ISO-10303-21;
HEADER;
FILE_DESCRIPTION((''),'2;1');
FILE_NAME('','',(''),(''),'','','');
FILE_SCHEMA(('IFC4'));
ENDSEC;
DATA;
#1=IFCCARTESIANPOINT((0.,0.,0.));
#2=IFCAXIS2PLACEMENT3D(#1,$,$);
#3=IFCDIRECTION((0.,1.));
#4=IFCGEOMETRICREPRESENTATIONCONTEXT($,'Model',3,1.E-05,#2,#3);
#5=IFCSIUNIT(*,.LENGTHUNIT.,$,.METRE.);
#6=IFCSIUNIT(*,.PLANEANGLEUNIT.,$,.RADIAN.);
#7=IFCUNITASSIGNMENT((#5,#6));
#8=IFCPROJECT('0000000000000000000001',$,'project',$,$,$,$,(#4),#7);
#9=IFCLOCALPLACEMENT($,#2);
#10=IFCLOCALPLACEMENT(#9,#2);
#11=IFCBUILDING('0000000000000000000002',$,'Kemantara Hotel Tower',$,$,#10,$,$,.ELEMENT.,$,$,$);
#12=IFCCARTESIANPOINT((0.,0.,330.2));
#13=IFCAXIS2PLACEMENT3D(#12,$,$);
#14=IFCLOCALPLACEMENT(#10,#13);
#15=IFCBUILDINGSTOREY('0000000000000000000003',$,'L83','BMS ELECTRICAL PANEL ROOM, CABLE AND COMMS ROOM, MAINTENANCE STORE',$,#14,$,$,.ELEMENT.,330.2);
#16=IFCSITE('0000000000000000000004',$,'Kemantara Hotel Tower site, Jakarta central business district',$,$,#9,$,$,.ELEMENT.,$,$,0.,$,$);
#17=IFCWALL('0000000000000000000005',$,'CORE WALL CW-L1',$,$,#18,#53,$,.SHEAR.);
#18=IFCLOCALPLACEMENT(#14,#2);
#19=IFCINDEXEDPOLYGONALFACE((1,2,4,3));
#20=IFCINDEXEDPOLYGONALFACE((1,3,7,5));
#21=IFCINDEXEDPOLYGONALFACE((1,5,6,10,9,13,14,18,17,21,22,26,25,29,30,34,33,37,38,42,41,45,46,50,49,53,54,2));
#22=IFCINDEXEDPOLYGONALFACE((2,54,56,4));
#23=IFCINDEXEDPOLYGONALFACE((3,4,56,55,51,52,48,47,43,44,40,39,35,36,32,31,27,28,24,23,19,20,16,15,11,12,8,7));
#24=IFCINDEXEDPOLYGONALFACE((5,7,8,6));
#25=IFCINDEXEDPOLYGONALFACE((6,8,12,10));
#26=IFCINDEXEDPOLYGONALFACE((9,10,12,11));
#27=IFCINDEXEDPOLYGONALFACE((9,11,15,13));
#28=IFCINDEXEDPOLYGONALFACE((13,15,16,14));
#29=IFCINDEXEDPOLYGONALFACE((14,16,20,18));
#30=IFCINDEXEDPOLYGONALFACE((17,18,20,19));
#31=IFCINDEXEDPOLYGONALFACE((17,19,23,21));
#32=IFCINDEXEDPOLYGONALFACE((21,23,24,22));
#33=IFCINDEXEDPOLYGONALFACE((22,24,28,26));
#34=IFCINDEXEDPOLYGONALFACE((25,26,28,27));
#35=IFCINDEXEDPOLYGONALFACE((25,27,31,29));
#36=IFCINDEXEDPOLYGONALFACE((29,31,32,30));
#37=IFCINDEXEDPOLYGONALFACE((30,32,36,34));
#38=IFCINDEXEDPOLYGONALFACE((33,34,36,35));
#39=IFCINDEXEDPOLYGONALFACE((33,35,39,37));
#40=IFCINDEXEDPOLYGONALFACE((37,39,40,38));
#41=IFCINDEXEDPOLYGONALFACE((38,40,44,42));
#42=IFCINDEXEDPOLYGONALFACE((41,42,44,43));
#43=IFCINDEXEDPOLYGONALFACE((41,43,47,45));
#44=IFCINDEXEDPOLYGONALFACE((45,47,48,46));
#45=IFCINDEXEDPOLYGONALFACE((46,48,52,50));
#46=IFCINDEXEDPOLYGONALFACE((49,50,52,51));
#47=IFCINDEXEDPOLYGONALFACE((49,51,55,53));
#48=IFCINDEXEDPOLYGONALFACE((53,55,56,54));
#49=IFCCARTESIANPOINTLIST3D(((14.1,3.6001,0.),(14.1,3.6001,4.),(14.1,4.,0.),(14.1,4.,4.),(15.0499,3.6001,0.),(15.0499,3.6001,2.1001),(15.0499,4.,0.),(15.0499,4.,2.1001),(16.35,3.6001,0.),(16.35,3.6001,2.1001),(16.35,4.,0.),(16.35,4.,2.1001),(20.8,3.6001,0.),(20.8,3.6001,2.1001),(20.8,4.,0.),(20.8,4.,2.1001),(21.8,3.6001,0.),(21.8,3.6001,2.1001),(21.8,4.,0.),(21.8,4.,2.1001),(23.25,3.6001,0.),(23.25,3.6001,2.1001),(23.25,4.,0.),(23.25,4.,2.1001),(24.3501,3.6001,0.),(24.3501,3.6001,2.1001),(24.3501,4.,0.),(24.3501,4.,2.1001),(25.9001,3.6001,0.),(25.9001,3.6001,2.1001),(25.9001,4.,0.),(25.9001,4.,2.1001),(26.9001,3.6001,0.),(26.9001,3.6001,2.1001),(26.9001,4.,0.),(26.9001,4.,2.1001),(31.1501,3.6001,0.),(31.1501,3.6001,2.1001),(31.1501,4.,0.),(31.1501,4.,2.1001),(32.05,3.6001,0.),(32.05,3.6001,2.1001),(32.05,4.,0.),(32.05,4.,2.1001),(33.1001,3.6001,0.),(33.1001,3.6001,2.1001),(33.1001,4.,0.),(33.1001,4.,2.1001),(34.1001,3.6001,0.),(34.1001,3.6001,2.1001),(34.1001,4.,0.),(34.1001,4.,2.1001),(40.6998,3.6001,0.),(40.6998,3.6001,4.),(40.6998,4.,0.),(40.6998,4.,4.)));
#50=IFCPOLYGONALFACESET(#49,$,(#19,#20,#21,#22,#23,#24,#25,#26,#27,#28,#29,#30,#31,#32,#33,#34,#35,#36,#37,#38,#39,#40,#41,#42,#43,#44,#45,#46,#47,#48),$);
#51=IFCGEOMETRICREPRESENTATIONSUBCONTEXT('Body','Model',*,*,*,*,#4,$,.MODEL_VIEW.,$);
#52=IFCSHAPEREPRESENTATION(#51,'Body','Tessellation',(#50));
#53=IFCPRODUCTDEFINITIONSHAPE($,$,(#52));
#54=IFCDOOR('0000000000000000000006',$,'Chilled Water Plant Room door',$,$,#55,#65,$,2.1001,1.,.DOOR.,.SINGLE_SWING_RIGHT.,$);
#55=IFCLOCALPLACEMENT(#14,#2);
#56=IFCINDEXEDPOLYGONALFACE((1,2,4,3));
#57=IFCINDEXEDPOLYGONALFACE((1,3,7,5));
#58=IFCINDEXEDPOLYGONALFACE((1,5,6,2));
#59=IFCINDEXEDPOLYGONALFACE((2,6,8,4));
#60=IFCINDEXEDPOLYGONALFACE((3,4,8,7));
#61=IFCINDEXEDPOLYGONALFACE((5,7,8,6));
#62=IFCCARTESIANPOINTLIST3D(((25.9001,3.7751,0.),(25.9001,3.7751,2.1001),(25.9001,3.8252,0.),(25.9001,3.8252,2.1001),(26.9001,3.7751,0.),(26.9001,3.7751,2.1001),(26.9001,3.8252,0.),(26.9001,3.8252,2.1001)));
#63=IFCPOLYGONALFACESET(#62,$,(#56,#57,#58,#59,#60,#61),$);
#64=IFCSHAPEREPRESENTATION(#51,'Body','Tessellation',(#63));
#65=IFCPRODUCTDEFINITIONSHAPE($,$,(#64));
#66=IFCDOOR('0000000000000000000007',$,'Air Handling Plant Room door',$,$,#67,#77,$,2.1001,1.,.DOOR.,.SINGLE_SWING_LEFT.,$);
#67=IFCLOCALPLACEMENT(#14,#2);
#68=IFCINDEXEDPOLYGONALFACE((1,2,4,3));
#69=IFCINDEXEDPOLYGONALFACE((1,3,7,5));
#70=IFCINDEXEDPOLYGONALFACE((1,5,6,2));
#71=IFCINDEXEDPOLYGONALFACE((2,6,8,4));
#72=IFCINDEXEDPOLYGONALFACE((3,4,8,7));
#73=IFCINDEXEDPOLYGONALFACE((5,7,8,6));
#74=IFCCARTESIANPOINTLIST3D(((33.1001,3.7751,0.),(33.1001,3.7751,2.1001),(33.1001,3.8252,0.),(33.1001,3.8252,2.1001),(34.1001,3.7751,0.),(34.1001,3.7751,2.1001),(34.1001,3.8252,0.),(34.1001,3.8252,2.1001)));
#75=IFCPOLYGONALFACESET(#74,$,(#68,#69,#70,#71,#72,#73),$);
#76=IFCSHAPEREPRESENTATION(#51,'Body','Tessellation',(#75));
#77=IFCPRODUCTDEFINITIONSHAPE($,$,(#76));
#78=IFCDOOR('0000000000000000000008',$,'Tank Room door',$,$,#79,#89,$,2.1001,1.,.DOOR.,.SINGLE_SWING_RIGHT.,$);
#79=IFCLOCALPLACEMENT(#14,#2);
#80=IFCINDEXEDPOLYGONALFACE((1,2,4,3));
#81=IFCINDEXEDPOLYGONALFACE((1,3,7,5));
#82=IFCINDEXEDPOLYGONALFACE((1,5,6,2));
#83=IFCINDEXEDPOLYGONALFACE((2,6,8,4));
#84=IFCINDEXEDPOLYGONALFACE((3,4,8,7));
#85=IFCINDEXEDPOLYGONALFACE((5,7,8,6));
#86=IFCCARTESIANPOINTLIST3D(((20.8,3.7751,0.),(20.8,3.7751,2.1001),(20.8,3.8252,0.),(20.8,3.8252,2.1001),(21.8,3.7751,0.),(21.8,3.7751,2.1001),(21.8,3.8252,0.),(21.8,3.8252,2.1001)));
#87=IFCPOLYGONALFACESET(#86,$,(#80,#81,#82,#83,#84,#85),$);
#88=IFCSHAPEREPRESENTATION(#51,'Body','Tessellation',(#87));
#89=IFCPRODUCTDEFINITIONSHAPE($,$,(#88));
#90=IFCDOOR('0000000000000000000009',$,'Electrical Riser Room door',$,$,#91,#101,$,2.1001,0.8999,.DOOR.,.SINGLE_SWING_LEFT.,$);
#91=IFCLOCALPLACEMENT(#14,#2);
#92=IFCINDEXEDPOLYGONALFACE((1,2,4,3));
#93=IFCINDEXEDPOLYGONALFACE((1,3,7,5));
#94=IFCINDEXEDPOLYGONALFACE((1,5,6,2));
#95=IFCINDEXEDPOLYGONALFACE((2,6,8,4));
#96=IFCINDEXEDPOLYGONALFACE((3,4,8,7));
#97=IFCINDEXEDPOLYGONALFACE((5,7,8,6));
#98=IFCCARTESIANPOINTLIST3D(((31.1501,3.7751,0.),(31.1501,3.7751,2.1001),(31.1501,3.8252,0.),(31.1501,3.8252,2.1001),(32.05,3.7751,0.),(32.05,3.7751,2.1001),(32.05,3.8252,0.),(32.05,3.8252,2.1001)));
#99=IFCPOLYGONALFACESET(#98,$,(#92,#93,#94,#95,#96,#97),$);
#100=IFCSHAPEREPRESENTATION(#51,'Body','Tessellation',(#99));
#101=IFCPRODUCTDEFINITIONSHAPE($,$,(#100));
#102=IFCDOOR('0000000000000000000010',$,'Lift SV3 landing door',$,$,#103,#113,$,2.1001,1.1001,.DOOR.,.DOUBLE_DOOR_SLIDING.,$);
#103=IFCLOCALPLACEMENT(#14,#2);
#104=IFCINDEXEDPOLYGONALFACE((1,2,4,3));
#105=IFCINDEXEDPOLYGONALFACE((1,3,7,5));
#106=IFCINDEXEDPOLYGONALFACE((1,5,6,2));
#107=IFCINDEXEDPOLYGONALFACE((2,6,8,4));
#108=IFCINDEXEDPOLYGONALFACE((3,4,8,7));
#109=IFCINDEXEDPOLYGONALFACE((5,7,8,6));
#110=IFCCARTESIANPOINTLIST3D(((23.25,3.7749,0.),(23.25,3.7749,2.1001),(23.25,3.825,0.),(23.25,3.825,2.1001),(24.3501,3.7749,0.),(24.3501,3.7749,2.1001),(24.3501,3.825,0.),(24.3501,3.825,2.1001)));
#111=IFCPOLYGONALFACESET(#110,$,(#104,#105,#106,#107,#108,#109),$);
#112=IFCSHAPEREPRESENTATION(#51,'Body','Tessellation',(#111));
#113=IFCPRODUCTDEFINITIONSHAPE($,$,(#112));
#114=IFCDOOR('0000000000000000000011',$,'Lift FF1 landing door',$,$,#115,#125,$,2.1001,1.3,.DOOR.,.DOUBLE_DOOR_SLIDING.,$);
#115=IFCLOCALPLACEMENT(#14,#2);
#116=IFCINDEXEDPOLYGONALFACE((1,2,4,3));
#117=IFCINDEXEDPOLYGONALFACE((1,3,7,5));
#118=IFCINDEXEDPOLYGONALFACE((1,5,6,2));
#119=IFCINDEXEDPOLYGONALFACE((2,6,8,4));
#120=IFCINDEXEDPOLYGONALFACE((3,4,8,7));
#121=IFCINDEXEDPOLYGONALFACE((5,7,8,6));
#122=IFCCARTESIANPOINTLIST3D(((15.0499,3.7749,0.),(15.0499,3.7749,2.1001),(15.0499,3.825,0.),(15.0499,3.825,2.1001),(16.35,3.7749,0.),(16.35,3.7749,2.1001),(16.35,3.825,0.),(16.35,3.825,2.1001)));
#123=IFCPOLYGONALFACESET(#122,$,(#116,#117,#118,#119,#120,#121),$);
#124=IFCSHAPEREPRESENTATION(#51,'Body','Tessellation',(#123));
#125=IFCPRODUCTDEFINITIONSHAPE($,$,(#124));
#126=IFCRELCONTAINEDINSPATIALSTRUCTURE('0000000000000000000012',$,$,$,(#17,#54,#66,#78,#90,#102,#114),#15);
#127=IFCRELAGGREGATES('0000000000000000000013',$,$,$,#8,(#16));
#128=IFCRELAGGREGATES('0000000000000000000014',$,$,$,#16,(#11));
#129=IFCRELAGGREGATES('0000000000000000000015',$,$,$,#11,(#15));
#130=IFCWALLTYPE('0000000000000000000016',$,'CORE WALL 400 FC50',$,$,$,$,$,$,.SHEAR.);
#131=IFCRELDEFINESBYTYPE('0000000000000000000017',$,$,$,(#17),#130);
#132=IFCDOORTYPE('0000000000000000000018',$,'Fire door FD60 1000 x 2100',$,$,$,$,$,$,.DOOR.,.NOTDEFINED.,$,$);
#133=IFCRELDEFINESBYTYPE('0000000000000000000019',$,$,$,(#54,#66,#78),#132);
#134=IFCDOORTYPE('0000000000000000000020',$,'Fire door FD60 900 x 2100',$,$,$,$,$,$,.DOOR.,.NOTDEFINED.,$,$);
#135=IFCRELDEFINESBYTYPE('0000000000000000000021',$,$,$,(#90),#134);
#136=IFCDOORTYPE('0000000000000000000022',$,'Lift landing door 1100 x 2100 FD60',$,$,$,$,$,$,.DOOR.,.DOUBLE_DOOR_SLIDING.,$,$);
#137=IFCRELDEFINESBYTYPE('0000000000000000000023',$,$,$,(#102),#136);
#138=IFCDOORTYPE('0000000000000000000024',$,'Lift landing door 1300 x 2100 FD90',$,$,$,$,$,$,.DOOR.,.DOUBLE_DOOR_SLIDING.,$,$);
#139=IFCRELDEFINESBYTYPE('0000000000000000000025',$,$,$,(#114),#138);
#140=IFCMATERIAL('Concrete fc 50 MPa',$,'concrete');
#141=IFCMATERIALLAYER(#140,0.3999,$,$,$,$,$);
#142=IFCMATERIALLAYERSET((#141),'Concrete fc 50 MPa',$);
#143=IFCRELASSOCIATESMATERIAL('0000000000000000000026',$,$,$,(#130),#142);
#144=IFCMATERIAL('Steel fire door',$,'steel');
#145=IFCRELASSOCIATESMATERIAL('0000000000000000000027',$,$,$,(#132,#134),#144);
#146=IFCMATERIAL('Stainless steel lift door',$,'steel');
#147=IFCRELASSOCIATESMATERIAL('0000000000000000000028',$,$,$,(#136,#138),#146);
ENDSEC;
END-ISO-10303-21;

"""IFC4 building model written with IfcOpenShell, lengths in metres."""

from ifc_helpers import new_model, si_unit, direction, frame, frame_2d, origin, place, context, subcontext, project, spatial, rectangle, extrude, material, layer, layer_set, type_object, element, fill, save


model = new_model("IFC4")

# Units and contexts
model_context = context("Model", 3, precision=1e-05, world=origin(), true_north=direction((0.0, 1.0)))
body_context = subcontext(model_context, "Body", "Model", "MODEL_VIEW")
ifc_project = project(units=[si_unit("LENGTHUNIT", "METRE"), si_unit("PLANEANGLEUNIT", "RADIAN")], contexts=[model_context])

# Site, building, storey
site_placement = place(None, origin())
site = spatial("IfcSite", under=ifc_project, at=site_placement, Name="Kemantara Hotel Tower site, Jakarta central business district", CompositionType="ELEMENT", RefElevation=0.0)
building_placement = place(site_placement, origin())
building = spatial("IfcBuilding", under=site, at=building_placement, Name="Kemantara Hotel Tower", CompositionType="ELEMENT")
storey_placement = place(building_placement, frame((0.0, 0.0, 330.2)))
storey = spatial("IfcBuildingStorey", under=building, at=storey_placement, Name="L83", Description="BMS ELECTRICAL PANEL ROOM, CABLE AND COMMS ROOM, MAINTENANCE STORE", CompositionType="ELEMENT", Elevation=330.2)

# Shared definitions
ifc_material_1 = material(Name="Concrete fc 50 MPa", Category="concrete")

# Shared definitions
ifc_layer_1 = layer(ifc_material_1, 0.3999)
ifc_layer_set_1 = layer_set([ifc_layer_1], Name="Concrete fc 50 MPa")
wall_type_1 = type_object("IfcWallType", Name="CORE WALL 400 FC50", PredefinedType="SHEAR", material=ifc_layer_set_1)
ifc_material_2 = material(Name="Steel fire door", Category="steel")
door_type_1 = type_object("IfcDoorType", Name="Fire door FD60 1000 x 2100", OperationType="NOTDEFINED", PredefinedType="DOOR", material=ifc_material_2)

# Wall, openings, doors
wall_1_placement = place(storey_placement, frame((14.1001, 3.8, 0.0), z_axis=(0.0, 0.0, 1.0), x_axis=(1.0, 0.0, 0.0)))
wall_1 = element("IfcWall", 1, at=wall_1_placement, inside=storey, type_object=wall_type_1, Name="CORE WALL CW-L1", PredefinedType="SHEAR", context=body_context, shape_type="SweptSolid", body=[
    extrude(rectangle(XDim=26.5999, YDim=0.3999, at=frame_2d((13.2998, 0.0))), origin(), (0.0, 0.0, 1.0), 4.0),
])
opening_1_placement = place(wall_1_placement, frame((0.95, 0.0, 0.0)))
opening_1 = element("IfcOpeningElement", 2, at=opening_1_placement, cuts=wall_1, PredefinedType="OPENING", context=body_context, shape_type="SweptSolid", body=[
    extrude(rectangle(XDim=1.3, YDim=2.1001, at=frame_2d((0.6499, 1.05))), frame((0.0, 0.21, 0.0), z_axis=(0.0, -1.0, 0.0), x_axis=(1.0, 0.0, 0.0)), (0.0, 0.0, 1.0), 0.4199),
])
opening_2_placement = place(wall_1_placement, frame((9.1499, 0.0, 0.0)))
opening_2 = element("IfcOpeningElement", 3, at=opening_2_placement, cuts=wall_1, PredefinedType="OPENING", context=body_context, shape_type="SweptSolid", body=[
    extrude(rectangle(XDim=1.1001, YDim=2.1001, at=frame_2d((0.55, 1.05))), frame((0.0, 0.21, 0.0), z_axis=(0.0, -1.0, 0.0), x_axis=(1.0, 0.0, 0.0)), (0.0, 0.0, 1.0), 0.4199),
])
opening_3_placement = place(wall_1_placement, frame((11.8, 0.0, 0.0)))
opening_3 = element("IfcOpeningElement", 4, at=opening_3_placement, cuts=wall_1, PredefinedType="OPENING", context=body_context, shape_type="SweptSolid", body=[
    extrude(rectangle(XDim=1.0, YDim=2.1001, at=frame_2d((0.5, 1.05))), frame((0.0, 0.21, 0.0), z_axis=(0.0, -1.0, 0.0), x_axis=(1.0, 0.0, 0.0)), (0.0, 0.0, 1.0), 0.4199),
])
opening_4_placement = place(wall_1_placement, frame((17.05, 0.0, 0.0)))
opening_4 = element("IfcOpeningElement", 5, at=opening_4_placement, cuts=wall_1, PredefinedType="OPENING", context=body_context, shape_type="SweptSolid", body=[
    extrude(rectangle(XDim=0.8999, YDim=2.1001, at=frame_2d((0.45, 1.05))), frame((0.0, 0.21, 0.0), z_axis=(0.0, -1.0, 0.0), x_axis=(1.0, 0.0, 0.0)), (0.0, 0.0, 1.0), 0.4199),
])
opening_5_placement = place(wall_1_placement, frame((19.0, 0.0, 0.0)))
opening_5 = element("IfcOpeningElement", 6, at=opening_5_placement, cuts=wall_1, PredefinedType="OPENING", context=body_context, shape_type="SweptSolid", body=[
    extrude(rectangle(XDim=1.0, YDim=2.1001, at=frame_2d((0.5, 1.05))), frame((0.0, 0.21, 0.0), z_axis=(0.0, -1.0, 0.0), x_axis=(1.0, 0.0, 0.0)), (0.0, 0.0, 1.0), 0.4199),
])
opening_6_placement = place(wall_1_placement, frame((6.7, 0.0, 0.0)))
opening_6 = element("IfcOpeningElement", 7, at=opening_6_placement, cuts=wall_1, PredefinedType="OPENING", context=body_context, shape_type="SweptSolid", body=[
    extrude(rectangle(XDim=1.0, YDim=2.1001, at=frame_2d((0.5, 1.05))), frame((0.0, 0.21, 0.0), z_axis=(0.0, -1.0, 0.0), x_axis=(1.0, 0.0, 0.0)), (0.0, 0.0, 1.0), 0.4199),
])
door_1_placement = place(opening_3_placement, frame((1.0, 0.0, 0.0), z_axis=(0.0, 0.0, 1.0), x_axis=(-1.0, 0.0, 0.0)))
door_1 = element("IfcDoor", 8, at=door_1_placement, inside=storey, type_object=door_type_1, Name="Chilled Water Plant Room door", OperationType="SINGLE_SWING_RIGHT", OverallHeight=2.1001, OverallWidth=1.0, PredefinedType="DOOR", context=body_context, shape_type="SweptSolid", body=[
    extrude(rectangle(XDim=1.0, YDim=2.1001, at=frame_2d((0.5, 1.05))), frame((0.0, 0.0249, 0.0), z_axis=(0.0, -1.0, 0.0), x_axis=(1.0, 0.0, 0.0)), (0.0, 0.0, 1.0), 0.05),
])
fill(opening_3, door_1)
door_2_placement = place(opening_5_placement, frame((1.0, 0.0, 0.0), z_axis=(0.0, 0.0, 1.0), x_axis=(-1.0, 0.0, 0.0)))
door_2 = element("IfcDoor", 9, at=door_2_placement, inside=storey, type_object=door_type_1, Name="Air Handling Plant Room door", OperationType="SINGLE_SWING_LEFT", OverallHeight=2.1001, OverallWidth=1.0, PredefinedType="DOOR", context=body_context, shape_type="SweptSolid", body=[
    extrude(rectangle(XDim=1.0, YDim=2.1001, at=frame_2d((0.5, 1.05))), frame((0.0, 0.0249, 0.0), z_axis=(0.0, -1.0, 0.0), x_axis=(1.0, 0.0, 0.0)), (0.0, 0.0, 1.0), 0.05),
])
fill(opening_5, door_2)
door_3_placement = place(opening_6_placement, frame((1.0, 0.0, 0.0), z_axis=(0.0, 0.0, 1.0), x_axis=(-1.0, 0.0, 0.0)))
door_3 = element("IfcDoor", 10, at=door_3_placement, inside=storey, type_object=door_type_1, Name="Tank Room door", OperationType="SINGLE_SWING_RIGHT", OverallHeight=2.1001, OverallWidth=1.0, PredefinedType="DOOR", context=body_context, shape_type="SweptSolid", body=[
    extrude(rectangle(XDim=1.0, YDim=2.1001, at=frame_2d((0.5, 1.05))), frame((0.0, 0.0249, 0.0), z_axis=(0.0, -1.0, 0.0), x_axis=(1.0, 0.0, 0.0)), (0.0, 0.0, 1.0), 0.05),
])
fill(opening_6, door_3)
door_type_2 = type_object("IfcDoorType", Name="Fire door FD60 900 x 2100", OperationType="NOTDEFINED", PredefinedType="DOOR", material=ifc_material_2)
door_4_placement = place(opening_4_placement, frame((0.8999, 0.0, 0.0), z_axis=(0.0, 0.0, 1.0), x_axis=(-1.0, 0.0, 0.0)))
door_4 = element("IfcDoor", 11, at=door_4_placement, inside=storey, type_object=door_type_2, Name="Electrical Riser Room door", OperationType="SINGLE_SWING_LEFT", OverallHeight=2.1001, OverallWidth=0.8999, PredefinedType="DOOR", context=body_context, shape_type="SweptSolid", body=[
    extrude(rectangle(XDim=0.8999, YDim=2.1001, at=frame_2d((0.45, 1.05))), frame((0.0, 0.0249, 0.0), z_axis=(0.0, -1.0, 0.0), x_axis=(1.0, 0.0, 0.0)), (0.0, 0.0, 1.0), 0.05),
])
fill(opening_4, door_4)
ifc_material_3 = material(Name="Stainless steel lift door", Category="steel")
door_type_3 = type_object("IfcDoorType", Name="Lift landing door 1100 x 2100 FD60", OperationType="DOUBLE_DOOR_SLIDING", PredefinedType="DOOR", material=ifc_material_3)
door_5_placement = place(opening_2_placement, origin())
door_5 = element("IfcDoor", 12, at=door_5_placement, inside=storey, type_object=door_type_3, Name="Lift SV3 landing door", OperationType="DOUBLE_DOOR_SLIDING", OverallHeight=2.1001, OverallWidth=1.1001, PredefinedType="DOOR", context=body_context, shape_type="SweptSolid", body=[
    extrude(rectangle(XDim=1.1001, YDim=2.1001, at=frame_2d((0.55, 1.05))), frame((0.0, 0.0249, 0.0), z_axis=(0.0, -1.0, 0.0), x_axis=(1.0, 0.0, 0.0)), (0.0, 0.0, 1.0), 0.05),
])
fill(opening_2, door_5)
door_type_4 = type_object("IfcDoorType", Name="Lift landing door 1300 x 2100 FD90", OperationType="DOUBLE_DOOR_SLIDING", PredefinedType="DOOR", material=ifc_material_3)
door_6_placement = place(opening_1_placement, origin())
door_6 = element("IfcDoor", 13, at=door_6_placement, inside=storey, type_object=door_type_4, Name="Lift FF1 landing door", OperationType="DOUBLE_DOOR_SLIDING", OverallHeight=2.1001, OverallWidth=1.3, PredefinedType="DOOR", context=body_context, shape_type="SweptSolid", body=[
    extrude(rectangle(XDim=1.3, YDim=2.1001, at=frame_2d((0.6499, 1.05))), frame((0.0, 0.0249, 0.0), z_axis=(0.0, -1.0, 0.0), x_axis=(1.0, 0.0, 0.0)), (0.0, 0.0, 1.0), 0.05),
])
fill(opening_1, door_6)

save(model, "model.ifc")
